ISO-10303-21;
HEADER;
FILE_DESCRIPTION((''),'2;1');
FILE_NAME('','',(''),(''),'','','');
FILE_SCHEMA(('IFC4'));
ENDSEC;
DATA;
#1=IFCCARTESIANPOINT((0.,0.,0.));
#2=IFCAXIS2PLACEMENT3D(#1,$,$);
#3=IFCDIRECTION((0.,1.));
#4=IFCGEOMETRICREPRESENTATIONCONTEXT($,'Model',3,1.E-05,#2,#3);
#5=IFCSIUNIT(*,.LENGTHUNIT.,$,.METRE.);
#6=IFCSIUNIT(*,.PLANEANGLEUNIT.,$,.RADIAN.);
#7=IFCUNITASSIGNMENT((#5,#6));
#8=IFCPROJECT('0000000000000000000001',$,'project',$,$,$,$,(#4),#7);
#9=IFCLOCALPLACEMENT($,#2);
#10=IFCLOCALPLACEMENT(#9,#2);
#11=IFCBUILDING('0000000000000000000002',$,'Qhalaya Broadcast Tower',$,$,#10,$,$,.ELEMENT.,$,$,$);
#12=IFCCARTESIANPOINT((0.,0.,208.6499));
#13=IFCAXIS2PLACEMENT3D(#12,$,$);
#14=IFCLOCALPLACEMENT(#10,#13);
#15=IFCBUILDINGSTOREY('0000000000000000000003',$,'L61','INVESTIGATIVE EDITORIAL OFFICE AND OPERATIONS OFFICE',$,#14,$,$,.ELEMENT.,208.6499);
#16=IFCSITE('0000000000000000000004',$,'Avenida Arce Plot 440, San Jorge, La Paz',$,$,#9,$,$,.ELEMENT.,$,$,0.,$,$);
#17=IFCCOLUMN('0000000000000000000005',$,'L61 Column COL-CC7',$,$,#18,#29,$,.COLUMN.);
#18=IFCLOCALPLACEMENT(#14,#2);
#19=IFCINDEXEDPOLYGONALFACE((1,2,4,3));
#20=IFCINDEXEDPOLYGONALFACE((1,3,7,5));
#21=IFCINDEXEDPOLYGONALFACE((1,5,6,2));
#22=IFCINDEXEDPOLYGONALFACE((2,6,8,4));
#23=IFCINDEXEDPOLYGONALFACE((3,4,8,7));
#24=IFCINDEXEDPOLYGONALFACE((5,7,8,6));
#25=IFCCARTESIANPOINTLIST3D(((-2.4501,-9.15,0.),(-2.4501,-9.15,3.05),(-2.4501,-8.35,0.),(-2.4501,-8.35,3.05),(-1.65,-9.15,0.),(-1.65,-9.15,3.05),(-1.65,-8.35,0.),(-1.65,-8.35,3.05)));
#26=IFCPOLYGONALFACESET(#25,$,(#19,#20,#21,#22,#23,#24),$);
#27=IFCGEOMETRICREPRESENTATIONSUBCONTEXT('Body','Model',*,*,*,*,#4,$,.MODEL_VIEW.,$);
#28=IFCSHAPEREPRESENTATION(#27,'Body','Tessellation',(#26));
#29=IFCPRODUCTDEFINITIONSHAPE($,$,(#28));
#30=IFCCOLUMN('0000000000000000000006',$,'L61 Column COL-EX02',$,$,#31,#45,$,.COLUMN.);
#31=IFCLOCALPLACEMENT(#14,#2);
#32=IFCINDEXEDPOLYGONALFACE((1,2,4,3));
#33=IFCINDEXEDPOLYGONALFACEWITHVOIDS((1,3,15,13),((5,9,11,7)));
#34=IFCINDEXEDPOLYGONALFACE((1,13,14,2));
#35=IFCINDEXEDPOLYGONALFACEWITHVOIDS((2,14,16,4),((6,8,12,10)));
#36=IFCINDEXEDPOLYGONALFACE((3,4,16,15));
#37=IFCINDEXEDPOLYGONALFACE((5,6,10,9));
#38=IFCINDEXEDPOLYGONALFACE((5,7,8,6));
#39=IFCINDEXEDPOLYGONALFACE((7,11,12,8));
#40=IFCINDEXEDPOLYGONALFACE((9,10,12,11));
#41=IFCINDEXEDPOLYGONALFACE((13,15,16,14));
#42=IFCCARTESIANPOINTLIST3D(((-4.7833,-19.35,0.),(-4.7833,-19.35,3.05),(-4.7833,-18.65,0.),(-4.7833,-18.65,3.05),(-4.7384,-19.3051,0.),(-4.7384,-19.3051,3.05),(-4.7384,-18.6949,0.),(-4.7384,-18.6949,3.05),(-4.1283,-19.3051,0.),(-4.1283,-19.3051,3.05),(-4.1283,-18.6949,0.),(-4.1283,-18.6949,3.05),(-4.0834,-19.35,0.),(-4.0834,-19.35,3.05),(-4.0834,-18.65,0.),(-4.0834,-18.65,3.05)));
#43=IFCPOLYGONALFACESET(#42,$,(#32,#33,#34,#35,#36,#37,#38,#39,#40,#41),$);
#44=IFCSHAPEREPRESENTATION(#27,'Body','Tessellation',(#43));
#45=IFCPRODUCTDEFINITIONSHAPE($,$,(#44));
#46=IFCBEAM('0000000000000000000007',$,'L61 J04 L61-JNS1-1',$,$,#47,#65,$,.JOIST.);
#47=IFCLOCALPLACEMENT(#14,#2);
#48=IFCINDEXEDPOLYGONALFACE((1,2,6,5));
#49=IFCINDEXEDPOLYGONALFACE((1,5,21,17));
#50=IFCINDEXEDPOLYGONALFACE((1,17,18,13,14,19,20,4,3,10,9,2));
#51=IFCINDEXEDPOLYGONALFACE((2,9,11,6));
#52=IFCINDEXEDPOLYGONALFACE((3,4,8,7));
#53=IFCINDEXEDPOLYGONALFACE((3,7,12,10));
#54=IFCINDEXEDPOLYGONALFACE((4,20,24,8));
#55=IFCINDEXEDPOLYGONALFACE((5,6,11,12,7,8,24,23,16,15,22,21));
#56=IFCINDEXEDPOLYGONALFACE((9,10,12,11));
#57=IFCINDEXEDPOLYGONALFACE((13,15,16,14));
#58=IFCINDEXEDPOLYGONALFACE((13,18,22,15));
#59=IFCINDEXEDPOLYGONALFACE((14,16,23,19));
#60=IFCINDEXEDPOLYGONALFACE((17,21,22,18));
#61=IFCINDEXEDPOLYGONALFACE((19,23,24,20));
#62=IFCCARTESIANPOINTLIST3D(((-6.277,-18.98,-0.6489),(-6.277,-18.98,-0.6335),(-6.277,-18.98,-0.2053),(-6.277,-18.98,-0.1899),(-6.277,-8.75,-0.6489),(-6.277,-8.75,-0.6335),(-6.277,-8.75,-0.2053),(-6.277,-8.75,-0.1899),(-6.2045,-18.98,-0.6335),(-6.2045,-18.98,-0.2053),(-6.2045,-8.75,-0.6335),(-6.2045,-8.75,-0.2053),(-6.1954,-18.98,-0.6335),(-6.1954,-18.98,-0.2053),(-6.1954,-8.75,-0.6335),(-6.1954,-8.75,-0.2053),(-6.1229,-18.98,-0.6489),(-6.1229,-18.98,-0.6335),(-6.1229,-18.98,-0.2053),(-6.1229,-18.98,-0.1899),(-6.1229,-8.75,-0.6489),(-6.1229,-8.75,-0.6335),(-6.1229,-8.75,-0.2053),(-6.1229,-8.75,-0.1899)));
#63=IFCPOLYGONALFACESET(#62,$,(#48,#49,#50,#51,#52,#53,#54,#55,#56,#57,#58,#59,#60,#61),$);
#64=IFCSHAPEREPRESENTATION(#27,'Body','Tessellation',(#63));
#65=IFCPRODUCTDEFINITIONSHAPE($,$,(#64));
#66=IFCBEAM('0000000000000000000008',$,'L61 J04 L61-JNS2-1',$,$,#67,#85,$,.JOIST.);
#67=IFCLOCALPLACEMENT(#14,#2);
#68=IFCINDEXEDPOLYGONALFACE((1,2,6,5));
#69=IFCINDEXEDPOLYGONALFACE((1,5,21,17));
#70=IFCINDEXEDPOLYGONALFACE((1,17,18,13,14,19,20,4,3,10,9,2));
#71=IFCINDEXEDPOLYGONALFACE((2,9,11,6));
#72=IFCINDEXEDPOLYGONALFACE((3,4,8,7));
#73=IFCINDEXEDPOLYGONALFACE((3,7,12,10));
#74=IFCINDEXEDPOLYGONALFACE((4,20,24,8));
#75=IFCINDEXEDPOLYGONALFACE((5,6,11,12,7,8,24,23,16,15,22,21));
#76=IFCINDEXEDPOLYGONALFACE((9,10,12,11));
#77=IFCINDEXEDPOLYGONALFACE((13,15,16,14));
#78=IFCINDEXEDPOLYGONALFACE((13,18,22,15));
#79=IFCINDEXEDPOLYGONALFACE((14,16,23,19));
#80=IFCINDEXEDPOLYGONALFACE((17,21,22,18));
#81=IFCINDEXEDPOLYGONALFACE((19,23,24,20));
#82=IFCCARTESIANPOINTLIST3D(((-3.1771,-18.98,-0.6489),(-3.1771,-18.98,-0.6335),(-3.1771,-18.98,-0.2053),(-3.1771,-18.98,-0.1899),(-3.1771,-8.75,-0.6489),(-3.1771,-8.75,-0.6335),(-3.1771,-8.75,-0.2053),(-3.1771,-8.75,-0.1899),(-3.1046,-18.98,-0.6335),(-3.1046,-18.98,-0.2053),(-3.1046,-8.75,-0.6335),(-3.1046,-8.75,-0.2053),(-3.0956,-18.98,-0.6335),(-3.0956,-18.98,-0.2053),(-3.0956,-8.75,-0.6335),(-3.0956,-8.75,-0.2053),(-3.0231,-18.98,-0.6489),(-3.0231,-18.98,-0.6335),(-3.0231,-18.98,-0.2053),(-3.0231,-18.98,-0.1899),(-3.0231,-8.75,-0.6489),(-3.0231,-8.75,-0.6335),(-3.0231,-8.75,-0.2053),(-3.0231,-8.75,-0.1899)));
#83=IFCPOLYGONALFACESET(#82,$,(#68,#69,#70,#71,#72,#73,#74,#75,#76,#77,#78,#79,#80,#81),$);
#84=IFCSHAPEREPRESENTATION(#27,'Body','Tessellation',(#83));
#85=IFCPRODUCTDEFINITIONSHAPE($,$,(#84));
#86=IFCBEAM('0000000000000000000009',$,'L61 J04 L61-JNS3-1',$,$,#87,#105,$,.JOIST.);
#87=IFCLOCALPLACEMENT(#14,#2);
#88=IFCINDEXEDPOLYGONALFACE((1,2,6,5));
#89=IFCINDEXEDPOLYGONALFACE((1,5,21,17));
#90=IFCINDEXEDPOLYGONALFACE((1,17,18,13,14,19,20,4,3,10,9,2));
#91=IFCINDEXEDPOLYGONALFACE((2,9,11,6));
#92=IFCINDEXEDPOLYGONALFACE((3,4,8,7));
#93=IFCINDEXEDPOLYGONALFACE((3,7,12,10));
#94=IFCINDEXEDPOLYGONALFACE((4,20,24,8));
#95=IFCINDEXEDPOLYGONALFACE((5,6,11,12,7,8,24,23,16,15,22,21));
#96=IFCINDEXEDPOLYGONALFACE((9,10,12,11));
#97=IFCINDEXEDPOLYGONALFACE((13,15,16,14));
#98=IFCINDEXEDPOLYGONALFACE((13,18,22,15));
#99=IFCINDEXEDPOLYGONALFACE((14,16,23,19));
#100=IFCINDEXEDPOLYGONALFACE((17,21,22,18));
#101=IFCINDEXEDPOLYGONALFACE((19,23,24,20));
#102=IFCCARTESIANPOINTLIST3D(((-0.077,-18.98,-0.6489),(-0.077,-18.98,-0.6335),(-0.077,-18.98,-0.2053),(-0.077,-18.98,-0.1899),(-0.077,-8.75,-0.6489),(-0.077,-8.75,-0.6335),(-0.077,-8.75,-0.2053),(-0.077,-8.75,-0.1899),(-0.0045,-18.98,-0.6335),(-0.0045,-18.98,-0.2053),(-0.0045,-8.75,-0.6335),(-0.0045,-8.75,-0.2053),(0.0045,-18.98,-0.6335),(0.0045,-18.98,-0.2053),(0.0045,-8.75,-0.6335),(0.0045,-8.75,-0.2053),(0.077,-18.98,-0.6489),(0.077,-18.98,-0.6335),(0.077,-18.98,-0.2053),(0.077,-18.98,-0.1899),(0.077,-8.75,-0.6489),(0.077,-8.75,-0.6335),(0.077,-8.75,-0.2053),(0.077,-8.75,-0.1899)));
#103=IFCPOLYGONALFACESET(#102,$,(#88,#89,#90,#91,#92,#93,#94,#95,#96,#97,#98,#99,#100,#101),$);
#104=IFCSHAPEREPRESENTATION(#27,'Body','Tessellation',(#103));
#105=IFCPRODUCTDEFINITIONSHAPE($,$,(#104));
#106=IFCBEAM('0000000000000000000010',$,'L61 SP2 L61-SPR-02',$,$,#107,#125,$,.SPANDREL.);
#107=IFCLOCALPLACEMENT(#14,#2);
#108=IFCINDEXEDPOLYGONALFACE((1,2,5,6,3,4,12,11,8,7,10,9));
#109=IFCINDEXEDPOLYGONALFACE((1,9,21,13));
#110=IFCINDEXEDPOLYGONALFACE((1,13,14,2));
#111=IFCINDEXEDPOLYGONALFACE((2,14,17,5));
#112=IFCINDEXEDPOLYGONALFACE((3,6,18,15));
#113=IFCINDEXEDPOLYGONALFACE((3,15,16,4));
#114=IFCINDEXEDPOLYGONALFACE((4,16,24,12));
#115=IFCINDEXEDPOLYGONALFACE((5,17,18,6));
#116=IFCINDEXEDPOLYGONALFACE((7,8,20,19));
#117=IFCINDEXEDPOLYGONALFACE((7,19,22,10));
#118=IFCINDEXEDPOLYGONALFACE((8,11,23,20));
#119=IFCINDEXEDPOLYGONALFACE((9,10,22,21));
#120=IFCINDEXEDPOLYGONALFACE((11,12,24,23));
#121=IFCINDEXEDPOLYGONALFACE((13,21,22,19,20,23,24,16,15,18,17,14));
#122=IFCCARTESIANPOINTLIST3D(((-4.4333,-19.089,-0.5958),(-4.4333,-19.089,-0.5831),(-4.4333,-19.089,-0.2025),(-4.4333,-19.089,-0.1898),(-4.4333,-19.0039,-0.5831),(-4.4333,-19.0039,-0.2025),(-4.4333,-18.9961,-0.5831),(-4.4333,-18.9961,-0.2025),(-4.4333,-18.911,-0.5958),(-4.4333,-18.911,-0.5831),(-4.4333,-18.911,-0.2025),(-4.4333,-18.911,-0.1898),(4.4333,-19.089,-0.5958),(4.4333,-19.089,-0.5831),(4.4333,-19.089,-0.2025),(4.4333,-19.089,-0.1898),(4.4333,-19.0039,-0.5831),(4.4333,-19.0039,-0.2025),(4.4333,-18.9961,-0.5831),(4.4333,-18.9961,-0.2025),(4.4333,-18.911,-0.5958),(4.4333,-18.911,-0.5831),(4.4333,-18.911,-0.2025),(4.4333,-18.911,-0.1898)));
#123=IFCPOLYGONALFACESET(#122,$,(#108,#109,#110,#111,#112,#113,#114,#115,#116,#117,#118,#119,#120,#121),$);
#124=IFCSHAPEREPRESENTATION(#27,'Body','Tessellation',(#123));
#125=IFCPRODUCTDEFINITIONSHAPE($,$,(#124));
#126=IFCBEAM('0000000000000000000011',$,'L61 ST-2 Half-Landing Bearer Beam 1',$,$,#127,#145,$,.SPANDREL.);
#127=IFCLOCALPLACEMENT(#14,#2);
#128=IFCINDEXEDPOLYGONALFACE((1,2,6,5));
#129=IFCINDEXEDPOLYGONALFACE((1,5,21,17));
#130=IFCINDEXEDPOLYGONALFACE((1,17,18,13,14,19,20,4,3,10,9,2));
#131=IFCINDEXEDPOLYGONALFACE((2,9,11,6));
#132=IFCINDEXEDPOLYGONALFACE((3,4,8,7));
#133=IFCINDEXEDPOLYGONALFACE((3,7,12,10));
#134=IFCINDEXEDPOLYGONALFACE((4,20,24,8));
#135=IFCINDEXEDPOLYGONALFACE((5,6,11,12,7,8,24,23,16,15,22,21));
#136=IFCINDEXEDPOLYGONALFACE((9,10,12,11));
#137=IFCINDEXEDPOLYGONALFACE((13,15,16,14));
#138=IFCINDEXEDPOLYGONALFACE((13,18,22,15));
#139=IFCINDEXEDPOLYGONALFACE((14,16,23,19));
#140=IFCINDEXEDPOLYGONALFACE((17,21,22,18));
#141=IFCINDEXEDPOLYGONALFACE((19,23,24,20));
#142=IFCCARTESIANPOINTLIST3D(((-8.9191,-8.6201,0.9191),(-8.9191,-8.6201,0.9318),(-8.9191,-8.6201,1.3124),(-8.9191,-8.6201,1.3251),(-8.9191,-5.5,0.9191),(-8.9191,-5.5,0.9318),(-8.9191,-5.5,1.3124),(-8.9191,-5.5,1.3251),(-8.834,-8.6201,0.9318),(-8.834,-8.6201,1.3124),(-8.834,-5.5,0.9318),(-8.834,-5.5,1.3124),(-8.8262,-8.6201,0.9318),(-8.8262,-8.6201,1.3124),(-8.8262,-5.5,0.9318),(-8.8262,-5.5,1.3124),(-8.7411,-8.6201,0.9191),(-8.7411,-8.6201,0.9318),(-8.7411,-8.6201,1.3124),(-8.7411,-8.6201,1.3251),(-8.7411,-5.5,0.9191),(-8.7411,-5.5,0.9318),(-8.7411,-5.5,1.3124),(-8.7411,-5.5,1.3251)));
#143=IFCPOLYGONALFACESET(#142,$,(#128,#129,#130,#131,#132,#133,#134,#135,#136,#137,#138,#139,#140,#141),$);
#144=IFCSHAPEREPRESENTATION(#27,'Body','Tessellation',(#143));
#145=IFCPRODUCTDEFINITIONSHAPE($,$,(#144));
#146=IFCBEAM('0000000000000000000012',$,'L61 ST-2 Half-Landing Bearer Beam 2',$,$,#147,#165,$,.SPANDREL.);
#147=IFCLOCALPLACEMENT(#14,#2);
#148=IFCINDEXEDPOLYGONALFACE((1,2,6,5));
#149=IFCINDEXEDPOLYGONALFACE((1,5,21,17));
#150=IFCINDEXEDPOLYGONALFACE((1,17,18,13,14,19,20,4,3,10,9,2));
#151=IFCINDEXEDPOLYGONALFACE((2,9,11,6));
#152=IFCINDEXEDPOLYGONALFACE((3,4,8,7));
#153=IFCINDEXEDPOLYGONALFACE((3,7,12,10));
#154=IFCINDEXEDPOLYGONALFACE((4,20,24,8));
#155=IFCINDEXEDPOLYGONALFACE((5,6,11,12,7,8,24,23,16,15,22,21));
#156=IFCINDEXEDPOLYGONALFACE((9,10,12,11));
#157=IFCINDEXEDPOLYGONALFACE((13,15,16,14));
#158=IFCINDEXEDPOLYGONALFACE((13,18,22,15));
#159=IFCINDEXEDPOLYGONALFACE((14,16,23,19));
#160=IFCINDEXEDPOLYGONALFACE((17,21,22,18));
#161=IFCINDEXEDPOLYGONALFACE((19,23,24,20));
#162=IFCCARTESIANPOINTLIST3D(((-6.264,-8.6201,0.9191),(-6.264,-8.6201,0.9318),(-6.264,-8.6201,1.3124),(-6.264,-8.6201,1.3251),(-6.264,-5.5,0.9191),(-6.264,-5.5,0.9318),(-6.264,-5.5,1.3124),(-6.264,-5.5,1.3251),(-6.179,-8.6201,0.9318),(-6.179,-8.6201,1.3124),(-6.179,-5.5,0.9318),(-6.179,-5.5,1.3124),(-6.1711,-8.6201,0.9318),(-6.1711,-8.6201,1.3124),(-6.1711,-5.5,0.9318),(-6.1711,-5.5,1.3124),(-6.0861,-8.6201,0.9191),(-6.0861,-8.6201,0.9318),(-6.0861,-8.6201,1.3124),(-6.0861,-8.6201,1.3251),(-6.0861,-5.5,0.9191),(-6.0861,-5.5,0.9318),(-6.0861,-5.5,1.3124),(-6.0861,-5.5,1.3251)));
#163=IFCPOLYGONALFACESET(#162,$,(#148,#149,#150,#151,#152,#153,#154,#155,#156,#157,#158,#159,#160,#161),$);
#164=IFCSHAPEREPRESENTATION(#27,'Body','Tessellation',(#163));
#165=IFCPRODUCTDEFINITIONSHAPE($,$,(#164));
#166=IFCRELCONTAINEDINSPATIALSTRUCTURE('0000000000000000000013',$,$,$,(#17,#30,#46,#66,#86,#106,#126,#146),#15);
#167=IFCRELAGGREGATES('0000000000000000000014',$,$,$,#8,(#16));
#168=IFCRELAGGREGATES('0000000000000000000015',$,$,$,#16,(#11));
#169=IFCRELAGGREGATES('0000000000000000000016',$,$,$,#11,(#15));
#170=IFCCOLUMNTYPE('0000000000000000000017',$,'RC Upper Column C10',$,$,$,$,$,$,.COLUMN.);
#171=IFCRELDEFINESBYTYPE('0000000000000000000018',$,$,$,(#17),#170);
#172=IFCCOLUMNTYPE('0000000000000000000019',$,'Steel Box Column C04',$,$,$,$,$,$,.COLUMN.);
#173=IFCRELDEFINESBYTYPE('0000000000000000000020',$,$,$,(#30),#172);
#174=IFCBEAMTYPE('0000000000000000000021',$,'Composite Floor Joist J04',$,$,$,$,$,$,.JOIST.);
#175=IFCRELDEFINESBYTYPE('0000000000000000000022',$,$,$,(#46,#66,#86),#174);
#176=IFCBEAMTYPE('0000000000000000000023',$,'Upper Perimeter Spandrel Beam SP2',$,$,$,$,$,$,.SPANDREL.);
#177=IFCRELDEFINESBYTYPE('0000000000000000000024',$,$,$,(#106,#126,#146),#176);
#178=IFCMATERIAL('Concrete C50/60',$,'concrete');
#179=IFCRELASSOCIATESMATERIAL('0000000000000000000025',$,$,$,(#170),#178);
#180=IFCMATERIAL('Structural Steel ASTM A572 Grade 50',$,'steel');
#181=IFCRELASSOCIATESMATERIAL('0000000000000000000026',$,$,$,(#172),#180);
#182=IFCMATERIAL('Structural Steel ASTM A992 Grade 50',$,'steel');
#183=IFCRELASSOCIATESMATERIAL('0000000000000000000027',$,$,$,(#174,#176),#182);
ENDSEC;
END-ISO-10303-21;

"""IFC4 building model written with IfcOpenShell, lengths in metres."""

from ifc_helpers import new_model, si_unit, direction, frame, origin, origin_2d, place, context, subcontext, project, spatial, rectangle, hollow_rectangle, i_section, extrude, material, material_profile, profile_set, type_object, element, save


model = new_model("IFC4")

# Units and contexts
model_context = context("Model", 3, precision=1e-05, world=origin(), true_north=direction((0.0, 1.0)))
body_context = subcontext(model_context, "Body", "Model", "MODEL_VIEW")
ifc_project = project(units=[si_unit("LENGTHUNIT", "METRE"), si_unit("PLANEANGLEUNIT", "RADIAN")], contexts=[model_context])

# Site, building, storey
site_placement = place(None, origin())
site = spatial("IfcSite", under=ifc_project, at=site_placement, Name="Avenida Arce Plot 440, San Jorge, La Paz", CompositionType="ELEMENT", RefElevation=0.0)
building_placement = place(site_placement, origin())
building = spatial("IfcBuilding", under=site, at=building_placement, Name="Qhalaya Broadcast Tower", CompositionType="ELEMENT")
storey_placement = place(building_placement, frame((0.0, 0.0, 208.6499)))
storey = spatial("IfcBuildingStorey", under=building, at=storey_placement, Name="L61", Description="INVESTIGATIVE EDITORIAL OFFICE AND OPERATIONS OFFICE", CompositionType="ELEMENT", Elevation=208.6499)

# Columns
ifc_material_1 = material(Name="Concrete C50/60", Category="concrete")
ifc_material_profile_1 = material_profile(ifc_material_1, rectangle(XDim=0.8, YDim=0.8, at=origin_2d()), Name="RC-COL 800x800")
ifc_profile_set_1 = profile_set([ifc_material_profile_1], Name="Concrete C50/60")
column_type_1 = type_object("IfcColumnType", Name="RC Upper Column C10", PredefinedType="COLUMN", material=ifc_profile_set_1)
column_1_placement = place(storey_placement, frame((-2.05, -8.75, 0.0), z_axis=(0.0, 0.0, 1.0), x_axis=(1.0, 0.0, 0.0)))
element("IfcColumn", 1, at=column_1_placement, inside=storey, type_object=column_type_1, Name="L61 Column COL-CC7", PredefinedType="COLUMN", context=body_context, shape_type="SweptSolid", body=[
    extrude(rectangle(XDim=0.8, YDim=0.8, at=origin_2d()), origin(), (0.0, 0.0, 1.0), 3.05),
])
ifc_material_2 = material(Name="Structural Steel ASTM A572 Grade 50", Category="steel")
ifc_material_profile_2 = material_profile(ifc_material_2, hollow_rectangle(XDim=0.7, YDim=0.7, WallThickness=0.0449, at=origin_2d()), Name="BOX 700x700x45")
ifc_profile_set_2 = profile_set([ifc_material_profile_2], Name="Structural Steel ASTM A572 Grade 50")
column_type_2 = type_object("IfcColumnType", Name="Steel Box Column C04", PredefinedType="COLUMN", material=ifc_profile_set_2)
column_2_placement = place(storey_placement, frame((-4.4333, -19.0, 0.0), z_axis=(0.0, 0.0, 1.0), x_axis=(1.0, 0.0, 0.0)))
element("IfcColumn", 2, at=column_2_placement, inside=storey, type_object=column_type_2, Name="L61 Column COL-EX02", PredefinedType="COLUMN", context=body_context, shape_type="SweptSolid", body=[
    extrude(hollow_rectangle(XDim=0.7, YDim=0.7, WallThickness=0.0449, at=origin_2d()), origin(), (0.0, 0.0, 1.0), 3.05),
])

# Beams
ifc_material_3 = material(Name="Structural Steel ASTM A992 Grade 50", Category="steel")
ifc_material_profile_3 = material_profile(ifc_material_3, i_section(OverallWidth=0.1541, OverallDepth=0.459, WebThickness=0.009, FlangeThickness=0.0154, at=origin_2d()), Name="W18X46")
ifc_profile_set_3 = profile_set([ifc_material_profile_3], Name="Structural Steel ASTM A992 Grade 50")
beam_type_1 = type_object("IfcBeamType", Name="Composite Floor Joist J04", PredefinedType="JOIST", material=ifc_profile_set_3)
for number, where, z_axis, x_axis, name in (
    (3, (-6.2, -18.98, -0.4194), (0.0, 1.0, 0.0), (-1.0, 0.0, 0.0), "L61 J04 L61-JNS1-1"),
    (4, (-3.1001, -18.98, -0.4194), (0.0, 1.0, 0.0), (-1.0, 0.0, 0.0), "L61 J04 L61-JNS2-1"),
    (5, (0.0, -18.98, -0.4194), (0.0, 1.0, 0.0), (-1.0, 0.0, 0.0), "L61 J04 L61-JNS3-1"),
):
    element("IfcBeam", number, at=place(storey_placement, frame(where, z_axis=z_axis, x_axis=x_axis)), inside=storey, type_object=beam_type_1, Name=name, PredefinedType="JOIST", context=body_context, shape_type="SweptSolid", body=[
        extrude(i_section(OverallWidth=0.1541, OverallDepth=0.459, WebThickness=0.009, FlangeThickness=0.0154, at=origin_2d()), origin(), (0.0, 0.0, 1.0), 10.23),
    ])
ifc_material_profile_4 = material_profile(ifc_material_3, i_section(OverallWidth=0.178, OverallDepth=0.406, WebThickness=0.0078, FlangeThickness=0.0127, at=origin_2d()), Name="W16X40")
ifc_profile_set_4 = profile_set([ifc_material_profile_4], Name="Structural Steel ASTM A992 Grade 50")
beam_type_2 = type_object("IfcBeamType", Name="Upper Perimeter Spandrel Beam SP2", PredefinedType="SPANDREL", material=ifc_profile_set_4)
beam_placement = place(storey_placement, frame((-4.4333, -19.0, -0.3928), z_axis=(1.0, 0.0, 0.0), x_axis=(0.0, 1.0, 0.0)))
element("IfcBeam", 6, at=beam_placement, inside=storey, type_object=beam_type_2, Name="L61 SP2 L61-SPR-02", PredefinedType="SPANDREL", context=body_context, shape_type="SweptSolid", body=[
    extrude(i_section(OverallWidth=0.178, OverallDepth=0.406, WebThickness=0.0078, FlangeThickness=0.0127, at=origin_2d()), origin(), (0.0, 0.0, 1.0), 8.8667),
])
for number, where, z_axis, x_axis, name in (
    (7, (-8.8301, -8.6201, 1.1221), (0.0, 1.0, 0.0), (-1.0, 0.0, 0.0), "L61 ST-2 Half-Landing Bearer Beam 1"),
    (8, (-6.175, -8.6201, 1.1221), (0.0, 1.0, 0.0), (-1.0, 0.0, 0.0), "L61 ST-2 Half-Landing Bearer Beam 2"),
):
    element("IfcBeam", number, at=place(storey_placement, frame(where, z_axis=z_axis, x_axis=x_axis)), inside=storey, type_object=beam_type_2, Name=name, PredefinedType="SPANDREL", context=body_context, shape_type="SweptSolid", body=[
        extrude(i_section(OverallWidth=0.178, OverallDepth=0.406, WebThickness=0.0078, FlangeThickness=0.0127, at=origin_2d()), origin(), (0.0, 0.0, 1.0), 3.1201),
    ])

save(model, "model.ifc")
